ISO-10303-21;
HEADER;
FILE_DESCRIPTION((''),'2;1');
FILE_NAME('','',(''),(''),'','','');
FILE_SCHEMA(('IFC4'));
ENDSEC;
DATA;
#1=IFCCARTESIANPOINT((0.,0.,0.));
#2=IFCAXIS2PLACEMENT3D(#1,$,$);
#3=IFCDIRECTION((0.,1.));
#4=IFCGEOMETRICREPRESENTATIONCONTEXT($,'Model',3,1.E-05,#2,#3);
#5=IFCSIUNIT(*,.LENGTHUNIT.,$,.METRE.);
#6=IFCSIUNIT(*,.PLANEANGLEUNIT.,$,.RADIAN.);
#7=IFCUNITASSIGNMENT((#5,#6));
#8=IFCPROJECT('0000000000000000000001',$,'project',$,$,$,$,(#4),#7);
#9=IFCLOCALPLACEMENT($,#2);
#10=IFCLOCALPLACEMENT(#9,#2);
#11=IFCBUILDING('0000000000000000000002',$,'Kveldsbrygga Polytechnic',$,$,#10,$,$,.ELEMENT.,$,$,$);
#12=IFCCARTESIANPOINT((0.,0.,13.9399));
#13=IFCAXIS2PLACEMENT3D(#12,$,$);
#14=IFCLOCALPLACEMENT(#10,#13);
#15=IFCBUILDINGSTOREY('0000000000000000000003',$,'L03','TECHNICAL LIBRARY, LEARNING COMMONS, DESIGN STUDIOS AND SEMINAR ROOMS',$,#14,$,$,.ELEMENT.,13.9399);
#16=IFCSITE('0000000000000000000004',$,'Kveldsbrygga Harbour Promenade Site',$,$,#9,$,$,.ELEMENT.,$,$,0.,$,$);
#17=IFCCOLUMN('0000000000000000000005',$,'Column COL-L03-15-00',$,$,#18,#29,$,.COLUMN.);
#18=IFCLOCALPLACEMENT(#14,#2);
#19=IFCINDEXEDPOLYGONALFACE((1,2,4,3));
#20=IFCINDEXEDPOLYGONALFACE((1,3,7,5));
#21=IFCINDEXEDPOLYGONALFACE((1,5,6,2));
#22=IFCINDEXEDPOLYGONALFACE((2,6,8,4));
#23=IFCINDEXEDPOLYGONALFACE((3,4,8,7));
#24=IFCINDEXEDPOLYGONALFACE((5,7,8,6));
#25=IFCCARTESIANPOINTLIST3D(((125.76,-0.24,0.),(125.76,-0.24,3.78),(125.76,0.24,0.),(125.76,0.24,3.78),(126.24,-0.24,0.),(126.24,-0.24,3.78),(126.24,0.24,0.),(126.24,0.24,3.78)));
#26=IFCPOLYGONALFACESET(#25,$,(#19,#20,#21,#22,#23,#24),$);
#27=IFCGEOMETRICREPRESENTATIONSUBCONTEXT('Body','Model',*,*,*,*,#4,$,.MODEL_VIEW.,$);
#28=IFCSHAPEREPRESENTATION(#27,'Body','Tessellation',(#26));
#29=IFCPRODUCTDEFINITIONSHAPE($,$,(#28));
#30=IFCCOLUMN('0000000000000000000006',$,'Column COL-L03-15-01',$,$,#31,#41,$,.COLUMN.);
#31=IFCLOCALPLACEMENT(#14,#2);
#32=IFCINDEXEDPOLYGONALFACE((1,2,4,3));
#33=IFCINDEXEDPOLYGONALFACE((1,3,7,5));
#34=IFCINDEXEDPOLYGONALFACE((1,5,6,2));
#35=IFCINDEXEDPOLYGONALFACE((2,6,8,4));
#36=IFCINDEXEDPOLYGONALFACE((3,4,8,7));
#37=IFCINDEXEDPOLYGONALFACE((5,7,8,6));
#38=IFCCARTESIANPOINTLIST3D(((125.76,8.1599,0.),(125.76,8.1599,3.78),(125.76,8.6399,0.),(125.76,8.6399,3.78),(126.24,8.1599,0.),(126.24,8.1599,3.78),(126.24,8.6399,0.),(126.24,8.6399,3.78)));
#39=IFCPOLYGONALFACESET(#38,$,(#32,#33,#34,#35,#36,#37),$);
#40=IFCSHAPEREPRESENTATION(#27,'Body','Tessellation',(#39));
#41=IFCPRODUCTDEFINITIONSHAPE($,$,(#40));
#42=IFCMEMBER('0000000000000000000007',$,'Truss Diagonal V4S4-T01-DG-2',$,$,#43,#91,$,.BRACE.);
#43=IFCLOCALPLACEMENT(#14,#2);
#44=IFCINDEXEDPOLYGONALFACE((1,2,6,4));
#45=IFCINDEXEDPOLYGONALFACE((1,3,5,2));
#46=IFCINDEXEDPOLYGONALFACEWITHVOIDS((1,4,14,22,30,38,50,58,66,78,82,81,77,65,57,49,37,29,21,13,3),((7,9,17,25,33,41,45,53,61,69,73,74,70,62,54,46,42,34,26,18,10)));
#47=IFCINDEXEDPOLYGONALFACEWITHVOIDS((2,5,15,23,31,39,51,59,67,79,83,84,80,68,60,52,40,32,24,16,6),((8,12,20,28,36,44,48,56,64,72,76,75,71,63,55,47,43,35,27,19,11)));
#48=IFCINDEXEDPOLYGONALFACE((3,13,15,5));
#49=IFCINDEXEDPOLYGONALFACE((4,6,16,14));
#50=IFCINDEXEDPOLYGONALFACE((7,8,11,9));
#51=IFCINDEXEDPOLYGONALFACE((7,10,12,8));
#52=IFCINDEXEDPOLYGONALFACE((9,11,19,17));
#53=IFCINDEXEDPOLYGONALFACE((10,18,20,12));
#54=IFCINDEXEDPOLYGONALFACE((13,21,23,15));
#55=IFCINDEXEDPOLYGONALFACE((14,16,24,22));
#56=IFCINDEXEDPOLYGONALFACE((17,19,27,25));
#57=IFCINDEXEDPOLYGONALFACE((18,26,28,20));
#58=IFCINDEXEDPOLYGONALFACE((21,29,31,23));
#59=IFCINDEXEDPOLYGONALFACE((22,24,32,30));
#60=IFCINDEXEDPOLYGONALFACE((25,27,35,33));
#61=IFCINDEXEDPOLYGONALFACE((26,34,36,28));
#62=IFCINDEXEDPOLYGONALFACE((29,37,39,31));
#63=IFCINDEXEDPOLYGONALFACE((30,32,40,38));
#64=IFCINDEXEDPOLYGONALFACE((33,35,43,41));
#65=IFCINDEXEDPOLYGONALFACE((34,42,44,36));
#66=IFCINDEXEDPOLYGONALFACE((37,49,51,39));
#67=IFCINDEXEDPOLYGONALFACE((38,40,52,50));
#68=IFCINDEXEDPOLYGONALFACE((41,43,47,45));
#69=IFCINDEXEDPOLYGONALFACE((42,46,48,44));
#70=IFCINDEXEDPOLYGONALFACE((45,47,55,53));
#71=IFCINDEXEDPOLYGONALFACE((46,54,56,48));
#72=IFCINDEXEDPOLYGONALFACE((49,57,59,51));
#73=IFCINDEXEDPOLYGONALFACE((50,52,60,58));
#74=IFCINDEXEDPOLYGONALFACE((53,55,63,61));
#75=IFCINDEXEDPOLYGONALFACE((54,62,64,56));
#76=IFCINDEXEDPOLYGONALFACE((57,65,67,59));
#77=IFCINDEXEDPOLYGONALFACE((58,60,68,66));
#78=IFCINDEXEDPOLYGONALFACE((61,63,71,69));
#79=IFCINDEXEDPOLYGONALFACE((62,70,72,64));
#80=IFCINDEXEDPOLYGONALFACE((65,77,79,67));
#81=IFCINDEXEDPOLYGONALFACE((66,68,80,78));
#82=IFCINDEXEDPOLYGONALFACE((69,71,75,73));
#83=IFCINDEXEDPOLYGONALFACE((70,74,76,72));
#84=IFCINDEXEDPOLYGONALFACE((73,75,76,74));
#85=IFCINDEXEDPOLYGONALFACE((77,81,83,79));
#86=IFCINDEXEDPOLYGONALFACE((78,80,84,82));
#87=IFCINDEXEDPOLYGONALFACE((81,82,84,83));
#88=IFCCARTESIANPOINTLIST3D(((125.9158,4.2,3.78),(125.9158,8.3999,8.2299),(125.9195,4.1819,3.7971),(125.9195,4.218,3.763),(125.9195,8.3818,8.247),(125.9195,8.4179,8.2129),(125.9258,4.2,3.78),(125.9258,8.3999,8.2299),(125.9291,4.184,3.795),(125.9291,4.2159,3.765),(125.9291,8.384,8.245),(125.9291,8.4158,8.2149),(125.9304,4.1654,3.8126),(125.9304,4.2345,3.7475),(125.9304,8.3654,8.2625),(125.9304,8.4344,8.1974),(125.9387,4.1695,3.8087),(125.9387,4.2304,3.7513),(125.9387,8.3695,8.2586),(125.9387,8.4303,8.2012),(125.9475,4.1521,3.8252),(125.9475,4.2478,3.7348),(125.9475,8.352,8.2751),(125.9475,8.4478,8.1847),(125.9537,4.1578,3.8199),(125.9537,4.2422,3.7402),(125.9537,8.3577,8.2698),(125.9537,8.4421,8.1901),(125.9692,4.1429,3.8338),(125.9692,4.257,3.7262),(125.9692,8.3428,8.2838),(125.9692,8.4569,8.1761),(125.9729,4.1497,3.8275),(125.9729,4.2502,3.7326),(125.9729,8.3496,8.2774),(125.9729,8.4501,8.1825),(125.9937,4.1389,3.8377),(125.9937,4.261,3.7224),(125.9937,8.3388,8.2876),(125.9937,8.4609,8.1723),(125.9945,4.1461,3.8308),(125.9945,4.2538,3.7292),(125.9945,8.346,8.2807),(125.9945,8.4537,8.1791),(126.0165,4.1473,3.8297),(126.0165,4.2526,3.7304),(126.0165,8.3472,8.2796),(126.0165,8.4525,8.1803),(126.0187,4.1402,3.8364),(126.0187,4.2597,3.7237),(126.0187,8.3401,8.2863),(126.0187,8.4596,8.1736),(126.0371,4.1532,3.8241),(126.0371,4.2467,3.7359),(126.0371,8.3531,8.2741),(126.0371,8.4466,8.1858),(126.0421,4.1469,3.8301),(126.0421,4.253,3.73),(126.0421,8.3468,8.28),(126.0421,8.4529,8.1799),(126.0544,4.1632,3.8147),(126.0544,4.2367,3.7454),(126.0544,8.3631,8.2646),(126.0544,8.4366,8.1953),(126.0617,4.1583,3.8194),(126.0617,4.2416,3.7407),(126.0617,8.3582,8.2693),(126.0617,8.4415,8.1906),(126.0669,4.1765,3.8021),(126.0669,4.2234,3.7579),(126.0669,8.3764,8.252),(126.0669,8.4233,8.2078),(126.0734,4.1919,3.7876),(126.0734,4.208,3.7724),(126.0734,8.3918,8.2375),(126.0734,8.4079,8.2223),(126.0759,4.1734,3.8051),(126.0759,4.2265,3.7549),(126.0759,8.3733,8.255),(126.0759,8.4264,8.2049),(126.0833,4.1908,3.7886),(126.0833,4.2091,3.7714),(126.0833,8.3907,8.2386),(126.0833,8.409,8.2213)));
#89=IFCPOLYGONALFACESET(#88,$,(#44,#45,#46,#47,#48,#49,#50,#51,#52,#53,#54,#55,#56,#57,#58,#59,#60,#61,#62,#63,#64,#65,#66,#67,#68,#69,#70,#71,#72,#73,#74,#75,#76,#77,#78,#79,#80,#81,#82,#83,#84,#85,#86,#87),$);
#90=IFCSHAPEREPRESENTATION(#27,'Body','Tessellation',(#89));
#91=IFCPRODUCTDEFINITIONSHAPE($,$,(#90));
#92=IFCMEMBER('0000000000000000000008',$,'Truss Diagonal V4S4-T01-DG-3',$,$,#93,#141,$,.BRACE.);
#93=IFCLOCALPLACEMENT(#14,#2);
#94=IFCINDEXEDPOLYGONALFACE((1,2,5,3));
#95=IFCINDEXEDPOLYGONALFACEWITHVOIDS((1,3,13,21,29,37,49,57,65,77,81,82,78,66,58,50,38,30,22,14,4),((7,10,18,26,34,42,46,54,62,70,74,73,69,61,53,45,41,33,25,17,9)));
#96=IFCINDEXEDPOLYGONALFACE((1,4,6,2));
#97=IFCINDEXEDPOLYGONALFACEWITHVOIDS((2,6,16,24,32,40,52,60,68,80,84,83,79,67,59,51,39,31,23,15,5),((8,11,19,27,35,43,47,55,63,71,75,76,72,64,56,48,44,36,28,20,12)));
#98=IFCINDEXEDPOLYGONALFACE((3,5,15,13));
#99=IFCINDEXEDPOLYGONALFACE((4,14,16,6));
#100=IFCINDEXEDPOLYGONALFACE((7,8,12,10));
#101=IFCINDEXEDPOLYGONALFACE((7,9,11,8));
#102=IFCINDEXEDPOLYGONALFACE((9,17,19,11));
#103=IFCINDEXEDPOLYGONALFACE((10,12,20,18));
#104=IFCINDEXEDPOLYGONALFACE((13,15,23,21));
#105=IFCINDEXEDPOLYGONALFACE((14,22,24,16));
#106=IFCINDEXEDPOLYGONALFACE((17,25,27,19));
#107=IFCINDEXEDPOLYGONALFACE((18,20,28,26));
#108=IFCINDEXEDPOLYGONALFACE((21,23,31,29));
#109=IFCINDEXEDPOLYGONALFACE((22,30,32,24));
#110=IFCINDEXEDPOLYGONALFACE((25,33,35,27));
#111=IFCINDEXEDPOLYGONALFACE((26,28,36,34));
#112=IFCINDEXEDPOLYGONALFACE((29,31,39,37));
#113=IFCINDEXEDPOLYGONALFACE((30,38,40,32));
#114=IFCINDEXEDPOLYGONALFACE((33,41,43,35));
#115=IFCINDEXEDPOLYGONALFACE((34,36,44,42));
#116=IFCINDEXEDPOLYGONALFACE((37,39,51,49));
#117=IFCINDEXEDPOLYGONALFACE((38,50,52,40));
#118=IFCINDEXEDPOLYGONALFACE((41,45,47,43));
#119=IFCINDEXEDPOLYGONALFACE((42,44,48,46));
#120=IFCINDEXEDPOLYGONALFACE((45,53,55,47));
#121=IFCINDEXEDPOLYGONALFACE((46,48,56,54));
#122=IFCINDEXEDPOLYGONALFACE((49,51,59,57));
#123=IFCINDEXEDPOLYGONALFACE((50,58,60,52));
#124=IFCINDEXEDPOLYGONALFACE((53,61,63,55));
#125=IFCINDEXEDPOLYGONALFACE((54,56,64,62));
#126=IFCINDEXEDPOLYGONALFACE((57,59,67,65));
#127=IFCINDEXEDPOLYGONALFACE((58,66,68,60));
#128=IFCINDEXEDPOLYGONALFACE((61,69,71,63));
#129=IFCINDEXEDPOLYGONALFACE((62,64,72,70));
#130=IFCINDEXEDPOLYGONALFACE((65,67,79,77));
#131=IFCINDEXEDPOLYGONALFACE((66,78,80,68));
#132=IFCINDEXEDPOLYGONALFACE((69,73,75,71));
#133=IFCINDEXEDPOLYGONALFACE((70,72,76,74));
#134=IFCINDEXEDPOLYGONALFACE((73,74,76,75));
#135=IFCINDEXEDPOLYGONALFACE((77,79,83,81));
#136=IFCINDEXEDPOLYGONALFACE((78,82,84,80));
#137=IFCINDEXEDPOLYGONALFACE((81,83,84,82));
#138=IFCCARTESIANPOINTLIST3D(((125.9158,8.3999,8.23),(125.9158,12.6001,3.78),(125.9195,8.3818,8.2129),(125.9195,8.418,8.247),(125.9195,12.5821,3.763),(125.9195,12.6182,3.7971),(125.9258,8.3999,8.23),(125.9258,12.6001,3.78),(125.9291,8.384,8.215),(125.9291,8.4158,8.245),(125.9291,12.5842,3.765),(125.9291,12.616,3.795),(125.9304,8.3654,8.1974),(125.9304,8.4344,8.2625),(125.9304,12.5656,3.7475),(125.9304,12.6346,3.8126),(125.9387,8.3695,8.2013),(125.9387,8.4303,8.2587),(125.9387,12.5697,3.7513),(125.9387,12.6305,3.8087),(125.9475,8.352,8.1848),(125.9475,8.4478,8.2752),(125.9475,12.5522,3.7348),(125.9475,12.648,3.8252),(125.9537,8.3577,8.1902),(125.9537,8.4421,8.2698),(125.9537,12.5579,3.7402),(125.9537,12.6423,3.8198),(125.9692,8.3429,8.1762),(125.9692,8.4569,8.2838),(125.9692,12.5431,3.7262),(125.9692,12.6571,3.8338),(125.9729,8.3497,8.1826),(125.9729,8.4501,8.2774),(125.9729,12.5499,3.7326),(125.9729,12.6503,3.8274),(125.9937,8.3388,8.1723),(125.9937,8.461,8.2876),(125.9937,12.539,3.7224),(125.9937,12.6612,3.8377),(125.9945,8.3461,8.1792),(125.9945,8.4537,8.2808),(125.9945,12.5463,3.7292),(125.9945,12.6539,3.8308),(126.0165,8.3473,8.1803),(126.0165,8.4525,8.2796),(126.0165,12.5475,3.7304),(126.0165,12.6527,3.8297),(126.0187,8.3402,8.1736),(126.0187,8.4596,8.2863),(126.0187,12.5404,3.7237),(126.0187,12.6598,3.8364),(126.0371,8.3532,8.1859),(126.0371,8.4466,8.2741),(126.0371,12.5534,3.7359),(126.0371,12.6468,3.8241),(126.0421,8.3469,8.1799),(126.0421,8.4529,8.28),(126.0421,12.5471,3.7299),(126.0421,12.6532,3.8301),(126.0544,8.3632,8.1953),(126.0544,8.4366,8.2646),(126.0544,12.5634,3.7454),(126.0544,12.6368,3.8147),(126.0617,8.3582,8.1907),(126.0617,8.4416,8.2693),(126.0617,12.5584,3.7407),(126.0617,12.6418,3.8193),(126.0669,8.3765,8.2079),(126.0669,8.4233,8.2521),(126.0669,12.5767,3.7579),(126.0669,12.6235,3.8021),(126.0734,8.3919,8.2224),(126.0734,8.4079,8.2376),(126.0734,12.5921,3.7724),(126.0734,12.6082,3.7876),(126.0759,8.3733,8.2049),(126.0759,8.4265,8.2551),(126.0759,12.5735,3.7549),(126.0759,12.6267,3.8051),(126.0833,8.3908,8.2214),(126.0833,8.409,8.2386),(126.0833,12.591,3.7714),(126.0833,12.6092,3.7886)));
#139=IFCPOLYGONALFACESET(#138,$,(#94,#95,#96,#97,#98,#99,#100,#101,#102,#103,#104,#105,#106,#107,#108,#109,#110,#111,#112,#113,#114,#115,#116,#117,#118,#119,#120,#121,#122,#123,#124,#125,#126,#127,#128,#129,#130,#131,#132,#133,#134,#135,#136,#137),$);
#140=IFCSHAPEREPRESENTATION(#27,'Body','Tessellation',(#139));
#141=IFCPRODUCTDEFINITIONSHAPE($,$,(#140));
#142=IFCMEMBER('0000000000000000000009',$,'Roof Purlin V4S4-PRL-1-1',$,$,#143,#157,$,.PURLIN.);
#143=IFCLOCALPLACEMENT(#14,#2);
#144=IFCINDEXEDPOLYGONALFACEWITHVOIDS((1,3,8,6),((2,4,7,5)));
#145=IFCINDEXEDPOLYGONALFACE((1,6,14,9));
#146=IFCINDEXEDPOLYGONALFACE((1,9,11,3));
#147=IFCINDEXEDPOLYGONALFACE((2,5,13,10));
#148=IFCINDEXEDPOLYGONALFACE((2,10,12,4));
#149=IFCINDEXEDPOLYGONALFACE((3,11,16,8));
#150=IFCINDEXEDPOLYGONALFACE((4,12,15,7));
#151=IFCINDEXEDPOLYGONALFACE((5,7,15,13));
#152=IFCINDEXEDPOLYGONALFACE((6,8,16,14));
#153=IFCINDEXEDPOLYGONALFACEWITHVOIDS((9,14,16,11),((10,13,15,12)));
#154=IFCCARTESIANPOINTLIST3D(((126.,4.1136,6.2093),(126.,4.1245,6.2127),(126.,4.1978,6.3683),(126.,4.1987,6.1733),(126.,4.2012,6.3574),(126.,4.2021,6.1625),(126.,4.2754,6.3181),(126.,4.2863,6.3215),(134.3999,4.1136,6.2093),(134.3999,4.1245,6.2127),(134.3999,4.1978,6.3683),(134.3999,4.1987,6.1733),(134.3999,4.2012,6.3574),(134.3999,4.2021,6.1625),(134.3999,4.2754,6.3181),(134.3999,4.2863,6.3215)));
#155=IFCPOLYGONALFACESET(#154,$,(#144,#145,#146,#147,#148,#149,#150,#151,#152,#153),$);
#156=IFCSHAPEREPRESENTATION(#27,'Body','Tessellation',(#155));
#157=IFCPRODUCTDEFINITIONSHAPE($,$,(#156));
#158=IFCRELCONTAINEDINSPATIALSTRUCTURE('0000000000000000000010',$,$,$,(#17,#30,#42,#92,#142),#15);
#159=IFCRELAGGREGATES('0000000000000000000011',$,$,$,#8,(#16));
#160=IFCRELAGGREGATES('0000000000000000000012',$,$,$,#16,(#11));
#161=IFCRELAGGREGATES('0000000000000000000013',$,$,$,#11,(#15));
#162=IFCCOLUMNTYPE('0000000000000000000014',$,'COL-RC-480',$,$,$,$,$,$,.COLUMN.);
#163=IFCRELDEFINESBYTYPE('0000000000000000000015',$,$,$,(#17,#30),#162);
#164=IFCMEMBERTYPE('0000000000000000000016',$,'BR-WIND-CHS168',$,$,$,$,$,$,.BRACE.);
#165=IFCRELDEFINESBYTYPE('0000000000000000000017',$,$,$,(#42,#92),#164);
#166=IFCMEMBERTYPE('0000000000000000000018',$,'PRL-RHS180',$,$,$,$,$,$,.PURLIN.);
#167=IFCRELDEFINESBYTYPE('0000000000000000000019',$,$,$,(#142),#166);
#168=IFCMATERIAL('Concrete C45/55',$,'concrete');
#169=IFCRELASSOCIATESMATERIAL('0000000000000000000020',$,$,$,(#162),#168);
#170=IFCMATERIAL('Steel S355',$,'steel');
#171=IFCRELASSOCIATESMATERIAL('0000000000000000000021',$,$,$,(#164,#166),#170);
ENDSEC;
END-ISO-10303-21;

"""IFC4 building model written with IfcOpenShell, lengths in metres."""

from ifc_helpers import new_model, si_unit, direction, frame, origin, origin_2d, place, context, subcontext, project, spatial, rectangle, hollow_rectangle, hollow_circle, extrude, material, material_profile, profile_set, type_object, element, save


model = new_model("IFC4")

# Units and contexts
model_context = context("Model", 3, precision=1e-05, world=origin(), true_north=direction((0.0, 1.0)))
body_context = subcontext(model_context, "Body", "Model", "MODEL_VIEW")
ifc_project = project(units=[si_unit("LENGTHUNIT", "METRE"), si_unit("PLANEANGLEUNIT", "RADIAN")], contexts=[model_context])

# Site, building, storey
site_placement = place(None, origin())
site = spatial("IfcSite", under=ifc_project, at=site_placement, Name="Kveldsbrygga Harbour Promenade Site", CompositionType="ELEMENT", RefElevation=0.0)
building_placement = place(site_placement, origin())
building = spatial("IfcBuilding", under=site, at=building_placement, Name="Kveldsbrygga Polytechnic", CompositionType="ELEMENT")
storey_placement = place(building_placement, frame((0.0, 0.0, 13.9399)))
storey = spatial("IfcBuildingStorey", under=building, at=storey_placement, Name="L03", Description="TECHNICAL LIBRARY, LEARNING COMMONS, DESIGN STUDIOS AND SEMINAR ROOMS", CompositionType="ELEMENT", Elevation=13.9399)

# Columns
ifc_material_1 = material(Name="Concrete C45/55", Category="concrete")
ifc_material_profile_1 = material_profile(ifc_material_1, rectangle(XDim=0.48, YDim=0.48, at=origin_2d()), Name="RC 480x480")
ifc_profile_set_1 = profile_set([ifc_material_profile_1], Name="Concrete C45/55")
column_type = type_object("IfcColumnType", Name="COL-RC-480", PredefinedType="COLUMN", material=ifc_profile_set_1)
for number, where, z_axis, x_axis, name in (
    (1, (126.0, 0.0, 0.0), (0.0, 0.0, 1.0), (1.0, 0.0, 0.0), "Column COL-L03-15-00"),
    (2, (126.0, 8.3999, 0.0), (0.0, 0.0, 1.0), (1.0, 0.0, 0.0), "Column COL-L03-15-01"),
):
    element("IfcColumn", number, at=place(storey_placement, frame(where, z_axis=z_axis, x_axis=x_axis)), inside=storey, type_object=column_type, Name=name, PredefinedType="COLUMN", context=body_context, shape_type="SweptSolid", body=[
        extrude(rectangle(XDim=0.48, YDim=0.48, at=origin_2d()), origin(), (0.0, 0.0, 1.0), 3.78),
    ])

# Members
ifc_material_2 = material(Name="Steel S355", Category="steel")
ifc_material_profile_2 = material_profile(ifc_material_2, hollow_circle(Radius=0.0842, WallThickness=0.01, at=origin_2d()), Name="CHS 168.3x10.0")
ifc_profile_set_2 = profile_set([ifc_material_profile_2], Name="Steel S355")
member_type_1 = type_object("IfcMemberType", Name="BR-WIND-CHS168", PredefinedType="BRACE", material=ifc_profile_set_2)
member_1_placement = place(storey_placement, frame((126.0, 4.2, 3.78), z_axis=(0.0, 0.686383, 0.72724), x_axis=(-1.0, 0.0, 0.0)))
element("IfcMember", 3, at=member_1_placement, inside=storey, type_object=member_type_1, Name="Truss Diagonal V4S4-T01-DG-2", PredefinedType="BRACE", context=body_context, shape_type="SweptSolid", body=[
    extrude(hollow_circle(Radius=0.0842, WallThickness=0.01, at=origin_2d()), origin(), (0.0, 0.0, 1.0), 6.1189),
])
member_2_placement = place(storey_placement, frame((126.0, 8.3999, 8.23), z_axis=(0.0, 0.686404, -0.72722), x_axis=(-1.0, 0.0, 0.0)))
element("IfcMember", 4, at=member_2_placement, inside=storey, type_object=member_type_1, Name="Truss Diagonal V4S4-T01-DG-3", PredefinedType="BRACE", context=body_context, shape_type="SweptSolid", body=[
    extrude(hollow_circle(Radius=0.0842, WallThickness=0.01, at=origin_2d()), origin(), (0.0, 0.0, 1.0), 6.1191),
])
ifc_material_profile_3 = material_profile(ifc_material_2, hollow_rectangle(XDim=0.1001, YDim=0.1799, WallThickness=0.0081, at=origin_2d()), Name="RHS 180x100x8.0")
ifc_profile_set_3 = profile_set([ifc_material_profile_3], Name="Steel S355")
member_type_2 = type_object("IfcMemberType", Name="PRL-RHS180", PredefinedType="PURLIN", material=ifc_profile_set_3)
member_3_placement = place(storey_placement, frame((126.0, 4.2, 6.2654), z_axis=(1.0, 0.0, 0.0), x_axis=(0.0, 0.88366, -0.468129)))
element("IfcMember", 5, at=member_3_placement, inside=storey, type_object=member_type_2, Name="Roof Purlin V4S4-PRL-1-1", PredefinedType="PURLIN", context=body_context, shape_type="SweptSolid", body=[
    extrude(hollow_rectangle(XDim=0.1001, YDim=0.1799, WallThickness=0.0081, at=origin_2d()), origin(), (0.0, 0.0, 1.0), 8.3999),
])

save(model, "model.ifc")
